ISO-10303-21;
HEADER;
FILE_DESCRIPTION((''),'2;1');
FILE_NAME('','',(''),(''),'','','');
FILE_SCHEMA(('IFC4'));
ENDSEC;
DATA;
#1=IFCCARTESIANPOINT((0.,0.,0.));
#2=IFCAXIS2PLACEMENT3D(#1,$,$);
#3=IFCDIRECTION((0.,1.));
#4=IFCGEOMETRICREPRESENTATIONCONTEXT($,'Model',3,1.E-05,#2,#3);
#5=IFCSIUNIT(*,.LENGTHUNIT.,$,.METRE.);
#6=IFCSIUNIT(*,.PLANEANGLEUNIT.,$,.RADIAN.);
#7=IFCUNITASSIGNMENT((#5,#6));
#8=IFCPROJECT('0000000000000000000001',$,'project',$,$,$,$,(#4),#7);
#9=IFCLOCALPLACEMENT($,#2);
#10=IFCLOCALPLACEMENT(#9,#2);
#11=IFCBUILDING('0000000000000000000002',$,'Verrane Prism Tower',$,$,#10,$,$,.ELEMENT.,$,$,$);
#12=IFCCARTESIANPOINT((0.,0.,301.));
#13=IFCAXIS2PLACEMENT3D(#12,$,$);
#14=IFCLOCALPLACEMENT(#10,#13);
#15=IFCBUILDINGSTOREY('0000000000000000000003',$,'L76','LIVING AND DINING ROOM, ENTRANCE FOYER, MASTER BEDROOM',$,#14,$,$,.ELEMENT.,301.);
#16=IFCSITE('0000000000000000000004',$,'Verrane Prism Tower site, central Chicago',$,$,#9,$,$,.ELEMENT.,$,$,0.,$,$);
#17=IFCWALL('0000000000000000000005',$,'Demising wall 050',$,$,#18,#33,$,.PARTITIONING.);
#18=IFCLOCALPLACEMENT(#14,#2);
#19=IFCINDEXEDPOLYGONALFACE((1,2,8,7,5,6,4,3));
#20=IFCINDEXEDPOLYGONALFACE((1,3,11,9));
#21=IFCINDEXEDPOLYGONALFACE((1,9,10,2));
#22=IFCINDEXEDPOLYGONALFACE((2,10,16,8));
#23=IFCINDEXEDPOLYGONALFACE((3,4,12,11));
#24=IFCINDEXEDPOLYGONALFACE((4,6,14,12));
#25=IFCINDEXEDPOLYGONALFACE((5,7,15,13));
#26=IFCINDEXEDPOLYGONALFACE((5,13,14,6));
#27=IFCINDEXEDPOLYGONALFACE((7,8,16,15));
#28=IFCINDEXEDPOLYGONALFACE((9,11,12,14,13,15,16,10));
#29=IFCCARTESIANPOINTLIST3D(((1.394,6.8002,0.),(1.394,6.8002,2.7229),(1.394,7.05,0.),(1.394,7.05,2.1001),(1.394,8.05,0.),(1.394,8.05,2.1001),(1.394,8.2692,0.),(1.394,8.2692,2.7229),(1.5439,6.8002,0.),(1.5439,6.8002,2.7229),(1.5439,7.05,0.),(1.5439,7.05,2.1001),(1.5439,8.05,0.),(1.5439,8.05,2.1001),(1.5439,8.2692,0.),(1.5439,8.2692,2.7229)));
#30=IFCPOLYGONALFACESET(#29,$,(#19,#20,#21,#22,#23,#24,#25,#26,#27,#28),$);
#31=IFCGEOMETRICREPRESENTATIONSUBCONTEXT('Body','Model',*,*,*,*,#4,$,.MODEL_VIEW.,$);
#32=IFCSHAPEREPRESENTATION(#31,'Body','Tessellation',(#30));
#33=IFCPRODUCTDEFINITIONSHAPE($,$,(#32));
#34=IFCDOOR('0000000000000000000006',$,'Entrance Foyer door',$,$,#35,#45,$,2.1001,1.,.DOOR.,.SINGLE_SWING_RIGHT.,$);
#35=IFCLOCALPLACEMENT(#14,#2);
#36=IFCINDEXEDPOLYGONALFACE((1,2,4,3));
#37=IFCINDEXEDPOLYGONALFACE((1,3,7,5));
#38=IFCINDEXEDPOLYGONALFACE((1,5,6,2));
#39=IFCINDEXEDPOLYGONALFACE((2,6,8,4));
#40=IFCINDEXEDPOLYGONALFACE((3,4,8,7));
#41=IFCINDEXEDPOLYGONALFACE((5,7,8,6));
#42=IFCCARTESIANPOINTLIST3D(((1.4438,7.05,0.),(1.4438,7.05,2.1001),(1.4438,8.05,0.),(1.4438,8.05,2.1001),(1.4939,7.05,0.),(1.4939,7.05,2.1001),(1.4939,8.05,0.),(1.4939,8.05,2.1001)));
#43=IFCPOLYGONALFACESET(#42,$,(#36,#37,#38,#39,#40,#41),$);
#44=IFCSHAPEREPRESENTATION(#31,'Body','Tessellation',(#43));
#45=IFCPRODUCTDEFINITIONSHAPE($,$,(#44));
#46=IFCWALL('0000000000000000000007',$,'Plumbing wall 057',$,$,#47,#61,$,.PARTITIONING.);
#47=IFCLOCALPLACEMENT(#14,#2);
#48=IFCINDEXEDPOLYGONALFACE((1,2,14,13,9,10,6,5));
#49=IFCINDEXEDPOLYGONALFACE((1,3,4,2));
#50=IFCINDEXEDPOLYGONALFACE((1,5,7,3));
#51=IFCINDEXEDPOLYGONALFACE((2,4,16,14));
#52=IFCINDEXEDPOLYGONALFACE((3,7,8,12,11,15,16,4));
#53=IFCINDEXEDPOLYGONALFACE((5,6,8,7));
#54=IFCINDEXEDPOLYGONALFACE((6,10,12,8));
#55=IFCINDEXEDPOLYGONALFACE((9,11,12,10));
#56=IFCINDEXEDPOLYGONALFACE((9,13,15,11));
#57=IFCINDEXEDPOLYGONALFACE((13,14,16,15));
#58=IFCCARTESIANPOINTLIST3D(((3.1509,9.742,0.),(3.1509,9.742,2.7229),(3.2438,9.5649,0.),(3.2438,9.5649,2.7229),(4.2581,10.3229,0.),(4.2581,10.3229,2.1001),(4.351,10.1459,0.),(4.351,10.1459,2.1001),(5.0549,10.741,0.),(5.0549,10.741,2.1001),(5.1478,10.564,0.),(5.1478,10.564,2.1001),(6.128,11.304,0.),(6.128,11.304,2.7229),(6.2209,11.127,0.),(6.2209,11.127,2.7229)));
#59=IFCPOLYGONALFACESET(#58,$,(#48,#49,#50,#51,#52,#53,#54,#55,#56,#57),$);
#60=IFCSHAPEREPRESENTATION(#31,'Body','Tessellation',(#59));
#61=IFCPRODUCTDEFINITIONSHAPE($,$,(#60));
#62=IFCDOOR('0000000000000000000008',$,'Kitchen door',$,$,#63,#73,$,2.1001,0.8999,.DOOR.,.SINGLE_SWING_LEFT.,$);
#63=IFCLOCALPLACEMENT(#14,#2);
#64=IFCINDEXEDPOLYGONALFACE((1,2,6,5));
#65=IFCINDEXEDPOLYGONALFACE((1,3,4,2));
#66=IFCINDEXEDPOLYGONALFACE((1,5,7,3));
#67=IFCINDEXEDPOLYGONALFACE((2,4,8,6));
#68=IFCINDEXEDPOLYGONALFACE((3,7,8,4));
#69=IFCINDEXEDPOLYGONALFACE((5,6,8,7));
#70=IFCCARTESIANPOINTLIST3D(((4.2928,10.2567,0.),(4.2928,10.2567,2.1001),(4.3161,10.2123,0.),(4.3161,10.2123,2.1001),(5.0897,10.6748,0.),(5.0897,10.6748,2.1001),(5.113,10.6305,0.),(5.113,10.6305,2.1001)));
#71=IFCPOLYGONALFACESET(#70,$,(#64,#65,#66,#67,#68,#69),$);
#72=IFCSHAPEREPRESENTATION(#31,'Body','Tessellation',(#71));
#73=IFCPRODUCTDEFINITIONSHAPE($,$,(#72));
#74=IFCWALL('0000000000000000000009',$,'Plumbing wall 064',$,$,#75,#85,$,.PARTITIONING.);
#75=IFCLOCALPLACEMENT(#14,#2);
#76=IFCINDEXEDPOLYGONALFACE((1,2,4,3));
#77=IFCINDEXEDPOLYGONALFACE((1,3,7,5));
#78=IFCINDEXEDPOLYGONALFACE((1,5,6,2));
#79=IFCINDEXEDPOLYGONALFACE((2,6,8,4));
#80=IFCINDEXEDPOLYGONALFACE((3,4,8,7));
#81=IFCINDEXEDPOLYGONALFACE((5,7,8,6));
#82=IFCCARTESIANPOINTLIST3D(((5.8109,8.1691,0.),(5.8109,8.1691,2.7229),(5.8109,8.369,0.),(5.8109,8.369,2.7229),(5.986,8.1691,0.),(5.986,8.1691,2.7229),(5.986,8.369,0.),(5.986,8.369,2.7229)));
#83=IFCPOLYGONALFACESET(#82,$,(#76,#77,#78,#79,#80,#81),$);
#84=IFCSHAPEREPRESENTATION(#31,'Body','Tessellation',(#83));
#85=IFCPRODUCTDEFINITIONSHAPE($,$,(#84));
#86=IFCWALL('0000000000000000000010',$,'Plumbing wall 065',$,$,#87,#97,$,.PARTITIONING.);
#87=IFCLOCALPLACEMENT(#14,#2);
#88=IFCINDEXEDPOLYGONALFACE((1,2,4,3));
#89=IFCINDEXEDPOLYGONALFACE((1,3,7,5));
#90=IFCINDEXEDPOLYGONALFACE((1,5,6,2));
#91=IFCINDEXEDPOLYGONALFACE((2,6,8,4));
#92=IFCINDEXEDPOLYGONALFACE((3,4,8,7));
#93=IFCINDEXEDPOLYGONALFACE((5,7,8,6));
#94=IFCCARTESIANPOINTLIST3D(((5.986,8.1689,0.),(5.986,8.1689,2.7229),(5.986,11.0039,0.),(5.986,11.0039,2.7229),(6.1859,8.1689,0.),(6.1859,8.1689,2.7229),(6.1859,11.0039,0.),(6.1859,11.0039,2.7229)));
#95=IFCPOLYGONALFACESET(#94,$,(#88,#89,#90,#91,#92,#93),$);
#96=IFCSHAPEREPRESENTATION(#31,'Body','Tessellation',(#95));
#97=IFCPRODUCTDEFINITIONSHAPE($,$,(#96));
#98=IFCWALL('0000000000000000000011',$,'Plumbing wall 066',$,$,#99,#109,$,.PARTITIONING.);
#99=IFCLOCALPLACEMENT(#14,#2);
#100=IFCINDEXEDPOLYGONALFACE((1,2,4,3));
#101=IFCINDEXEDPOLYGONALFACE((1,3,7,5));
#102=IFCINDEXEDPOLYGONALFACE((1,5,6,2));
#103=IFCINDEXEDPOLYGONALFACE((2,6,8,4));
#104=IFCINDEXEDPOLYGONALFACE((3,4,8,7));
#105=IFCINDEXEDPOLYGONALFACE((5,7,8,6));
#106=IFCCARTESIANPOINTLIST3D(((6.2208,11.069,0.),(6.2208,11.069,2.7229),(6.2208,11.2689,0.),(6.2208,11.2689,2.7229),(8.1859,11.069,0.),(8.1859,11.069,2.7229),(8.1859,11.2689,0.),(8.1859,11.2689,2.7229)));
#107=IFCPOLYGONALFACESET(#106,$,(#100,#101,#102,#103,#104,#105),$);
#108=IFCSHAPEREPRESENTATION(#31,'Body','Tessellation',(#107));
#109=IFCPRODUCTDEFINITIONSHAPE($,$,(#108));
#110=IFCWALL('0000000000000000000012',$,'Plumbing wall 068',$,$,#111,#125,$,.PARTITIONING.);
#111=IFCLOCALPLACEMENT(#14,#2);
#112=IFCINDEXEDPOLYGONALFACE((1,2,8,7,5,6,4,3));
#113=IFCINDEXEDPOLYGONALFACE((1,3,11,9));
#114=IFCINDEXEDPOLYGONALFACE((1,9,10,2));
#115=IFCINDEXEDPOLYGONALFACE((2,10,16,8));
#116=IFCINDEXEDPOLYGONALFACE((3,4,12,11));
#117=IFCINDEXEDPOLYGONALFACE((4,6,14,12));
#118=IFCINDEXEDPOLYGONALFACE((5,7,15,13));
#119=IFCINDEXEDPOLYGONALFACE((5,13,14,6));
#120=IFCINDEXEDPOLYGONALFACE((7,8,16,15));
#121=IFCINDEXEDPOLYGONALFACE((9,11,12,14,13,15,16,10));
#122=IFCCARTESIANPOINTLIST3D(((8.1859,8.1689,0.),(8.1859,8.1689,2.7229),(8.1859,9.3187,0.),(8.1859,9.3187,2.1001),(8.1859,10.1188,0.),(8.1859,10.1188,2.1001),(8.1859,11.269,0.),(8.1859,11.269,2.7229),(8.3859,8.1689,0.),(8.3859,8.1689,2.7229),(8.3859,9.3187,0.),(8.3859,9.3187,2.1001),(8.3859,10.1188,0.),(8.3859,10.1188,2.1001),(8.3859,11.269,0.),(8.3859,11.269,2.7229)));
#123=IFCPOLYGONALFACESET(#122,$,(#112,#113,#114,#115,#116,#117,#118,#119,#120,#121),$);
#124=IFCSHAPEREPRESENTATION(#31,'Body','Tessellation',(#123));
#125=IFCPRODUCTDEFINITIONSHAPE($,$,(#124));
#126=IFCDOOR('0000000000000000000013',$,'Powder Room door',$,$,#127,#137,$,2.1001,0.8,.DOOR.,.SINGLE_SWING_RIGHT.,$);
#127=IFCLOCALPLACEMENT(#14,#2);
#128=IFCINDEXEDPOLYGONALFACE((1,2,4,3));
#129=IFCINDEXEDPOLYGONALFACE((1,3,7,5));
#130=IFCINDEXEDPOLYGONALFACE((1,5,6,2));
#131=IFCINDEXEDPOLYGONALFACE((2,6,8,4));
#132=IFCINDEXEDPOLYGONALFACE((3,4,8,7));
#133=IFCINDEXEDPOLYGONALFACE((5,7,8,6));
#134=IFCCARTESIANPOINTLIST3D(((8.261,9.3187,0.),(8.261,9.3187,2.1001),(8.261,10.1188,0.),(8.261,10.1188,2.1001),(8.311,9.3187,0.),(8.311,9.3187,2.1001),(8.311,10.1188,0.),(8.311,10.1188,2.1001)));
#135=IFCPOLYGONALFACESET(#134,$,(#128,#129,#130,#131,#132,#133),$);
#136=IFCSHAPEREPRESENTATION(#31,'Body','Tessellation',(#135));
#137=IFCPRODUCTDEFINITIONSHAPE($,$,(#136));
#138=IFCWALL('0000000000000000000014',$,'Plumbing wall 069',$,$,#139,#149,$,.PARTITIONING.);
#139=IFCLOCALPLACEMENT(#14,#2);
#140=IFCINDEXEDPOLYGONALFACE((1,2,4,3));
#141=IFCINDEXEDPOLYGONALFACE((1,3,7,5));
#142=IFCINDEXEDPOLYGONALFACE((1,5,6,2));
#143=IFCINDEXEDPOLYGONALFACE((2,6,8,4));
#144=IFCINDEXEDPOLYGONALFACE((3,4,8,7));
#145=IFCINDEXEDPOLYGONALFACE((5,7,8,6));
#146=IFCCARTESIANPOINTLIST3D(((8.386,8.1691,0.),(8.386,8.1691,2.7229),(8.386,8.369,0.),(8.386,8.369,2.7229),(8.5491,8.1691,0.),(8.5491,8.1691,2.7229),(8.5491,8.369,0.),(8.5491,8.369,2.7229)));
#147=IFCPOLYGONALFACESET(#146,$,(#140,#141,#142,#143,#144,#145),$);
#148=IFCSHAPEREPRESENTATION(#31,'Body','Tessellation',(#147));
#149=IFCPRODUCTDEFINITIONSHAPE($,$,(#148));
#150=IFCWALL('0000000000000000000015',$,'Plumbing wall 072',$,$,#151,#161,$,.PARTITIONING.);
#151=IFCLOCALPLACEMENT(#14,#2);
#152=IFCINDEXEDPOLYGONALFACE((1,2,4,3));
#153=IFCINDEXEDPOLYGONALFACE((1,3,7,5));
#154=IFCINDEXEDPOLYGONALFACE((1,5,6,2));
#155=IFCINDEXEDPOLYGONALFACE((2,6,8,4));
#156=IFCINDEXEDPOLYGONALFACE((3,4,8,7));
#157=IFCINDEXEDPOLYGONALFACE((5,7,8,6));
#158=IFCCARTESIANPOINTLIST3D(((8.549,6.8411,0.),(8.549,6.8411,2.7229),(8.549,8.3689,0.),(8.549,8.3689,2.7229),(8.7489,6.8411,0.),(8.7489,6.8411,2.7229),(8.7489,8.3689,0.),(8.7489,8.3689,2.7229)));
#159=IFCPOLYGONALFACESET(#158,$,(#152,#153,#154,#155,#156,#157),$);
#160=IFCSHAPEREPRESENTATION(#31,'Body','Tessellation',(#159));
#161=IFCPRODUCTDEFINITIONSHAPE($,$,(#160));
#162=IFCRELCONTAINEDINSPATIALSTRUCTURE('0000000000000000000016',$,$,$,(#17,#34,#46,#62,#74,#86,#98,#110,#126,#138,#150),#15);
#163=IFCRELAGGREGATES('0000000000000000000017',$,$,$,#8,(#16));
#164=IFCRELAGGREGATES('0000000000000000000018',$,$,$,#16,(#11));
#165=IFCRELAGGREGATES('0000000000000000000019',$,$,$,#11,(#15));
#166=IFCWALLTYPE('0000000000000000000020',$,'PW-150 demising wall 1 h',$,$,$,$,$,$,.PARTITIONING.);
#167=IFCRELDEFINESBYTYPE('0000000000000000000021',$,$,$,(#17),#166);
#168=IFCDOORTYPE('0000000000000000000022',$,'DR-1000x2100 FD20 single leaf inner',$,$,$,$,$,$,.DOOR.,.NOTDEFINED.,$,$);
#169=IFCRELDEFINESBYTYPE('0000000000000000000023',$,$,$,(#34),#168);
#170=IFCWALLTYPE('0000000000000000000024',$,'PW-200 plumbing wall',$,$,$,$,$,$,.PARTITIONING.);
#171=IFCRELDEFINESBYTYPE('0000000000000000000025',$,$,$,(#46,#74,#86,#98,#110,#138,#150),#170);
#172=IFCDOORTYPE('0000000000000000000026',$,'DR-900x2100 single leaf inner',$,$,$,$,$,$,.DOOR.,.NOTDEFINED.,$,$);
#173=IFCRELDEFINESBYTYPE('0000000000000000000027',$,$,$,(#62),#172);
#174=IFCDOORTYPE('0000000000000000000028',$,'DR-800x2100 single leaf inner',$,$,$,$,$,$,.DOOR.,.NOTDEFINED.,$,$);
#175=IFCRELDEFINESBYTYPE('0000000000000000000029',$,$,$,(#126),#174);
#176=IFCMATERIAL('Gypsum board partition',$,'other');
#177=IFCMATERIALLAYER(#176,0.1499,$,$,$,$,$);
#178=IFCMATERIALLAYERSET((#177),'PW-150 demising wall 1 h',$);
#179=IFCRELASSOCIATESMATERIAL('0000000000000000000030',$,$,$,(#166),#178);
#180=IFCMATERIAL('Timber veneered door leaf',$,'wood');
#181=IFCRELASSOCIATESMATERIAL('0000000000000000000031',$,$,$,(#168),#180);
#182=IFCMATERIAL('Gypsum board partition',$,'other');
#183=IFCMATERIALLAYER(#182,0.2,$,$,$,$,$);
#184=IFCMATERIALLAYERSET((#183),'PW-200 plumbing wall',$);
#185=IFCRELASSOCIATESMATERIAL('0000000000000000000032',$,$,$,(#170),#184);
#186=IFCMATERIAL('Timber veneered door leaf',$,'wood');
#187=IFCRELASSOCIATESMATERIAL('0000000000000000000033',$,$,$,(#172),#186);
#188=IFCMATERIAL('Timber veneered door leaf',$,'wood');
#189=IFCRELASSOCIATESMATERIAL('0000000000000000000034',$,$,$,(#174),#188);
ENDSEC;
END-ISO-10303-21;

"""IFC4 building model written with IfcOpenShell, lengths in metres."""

from ifc_helpers import new_model, si_unit, direction, frame, frame_2d, origin, place, context, subcontext, project, spatial, rectangle, extrude, material, layer, layer_set, type_object, element, fill, save


model = new_model("IFC4")

# Units and contexts
model_context = context("Model", 3, precision=1e-05, world=origin(), true_north=direction((0.0, 1.0)))
body_context = subcontext(model_context, "Body", "Model", "MODEL_VIEW")
ifc_project = project(units=[si_unit("LENGTHUNIT", "METRE"), si_unit("PLANEANGLEUNIT", "RADIAN")], contexts=[model_context])

# Site, building, storey
site_placement = place(None, origin())
site = spatial("IfcSite", under=ifc_project, at=site_placement, Name="Verrane Prism Tower site, central Chicago", CompositionType="ELEMENT", RefElevation=0.0)
building_placement = place(site_placement, origin())
building = spatial("IfcBuilding", under=site, at=building_placement, Name="Verrane Prism Tower", CompositionType="ELEMENT")
storey_placement = place(building_placement, frame((0.0, 0.0, 301.0)))
storey = spatial("IfcBuildingStorey", under=building, at=storey_placement, Name="L76", Description="LIVING AND DINING ROOM, ENTRANCE FOYER, MASTER BEDROOM", CompositionType="ELEMENT", Elevation=301.0)

# Shared definitions
ifc_material_1 = material(Name="Gypsum board partition", Category="other")
ifc_layer_1 = layer(ifc_material_1, 0.1499)
ifc_layer_set_1 = layer_set([ifc_layer_1], Name="PW-150 demising wall 1 h")
wall_type_1 = type_object("IfcWallType", Name="PW-150 demising wall 1 h", PredefinedType="PARTITIONING", material=ifc_layer_set_1)

# Walls, openings, doors
wall_1_placement = place(storey_placement, frame((1.469, 8.269, 0.0), z_axis=(0.0, 0.0, 1.0), x_axis=(0.0, -1.0, 0.0)))
wall_1 = element("IfcWall", 1, at=wall_1_placement, inside=storey, type_object=wall_type_1, Name="Demising wall 050", PredefinedType="PARTITIONING", context=body_context, shape_type="SweptSolid", body=[
    extrude(rectangle(XDim=1.469, YDim=0.1499, at=frame_2d((0.7344, 0.0))), origin(), (0.0, 0.0, 1.0), 2.7229),
])
opening_1_placement = place(wall_1_placement, frame((0.219, 0.0, 0.0)))
opening_1 = element("IfcOpeningElement", 2, at=opening_1_placement, cuts=wall_1, PredefinedType="OPENING", context=body_context, shape_type="SweptSolid", body=[
    extrude(rectangle(XDim=1.0, YDim=2.1001, at=frame_2d((0.5, 1.05))), frame((0.0, 0.085, 0.0), z_axis=(0.0, -1.0, 0.0), x_axis=(1.0, 0.0, 0.0)), (0.0, 0.0, 1.0), 0.1699),
])
ifc_material_2 = material(Name="Timber veneered door leaf", Category="wood")
door_type_1 = type_object("IfcDoorType", Name="DR-1000x2100 FD20 single leaf inner", OperationType="NOTDEFINED", PredefinedType="DOOR", material=ifc_material_2)
door_1_placement = place(opening_1_placement, origin())
door_1 = element("IfcDoor", 3, at=door_1_placement, inside=storey, type_object=door_type_1, Name="Entrance Foyer door", OperationType="SINGLE_SWING_RIGHT", OverallHeight=2.1001, OverallWidth=1.0, PredefinedType="DOOR", context=body_context, shape_type="SweptSolid", body=[
    extrude(rectangle(XDim=1.0, YDim=2.1001, at=frame_2d((0.5, 1.05))), frame((0.0, 0.0249, 0.0), z_axis=(0.0, -1.0, 0.0), x_axis=(1.0, 0.0, 0.0)), (0.0, 0.0, 1.0), 0.05),
])
fill(opening_1, door_1)
ifc_material_3 = material(Name="Gypsum board partition", Category="other")
ifc_layer_2 = layer(ifc_material_3, 0.2)
ifc_layer_set_2 = layer_set([ifc_layer_2], Name="PW-200 plumbing wall")
wall_type_2 = type_object("IfcWallType", Name="PW-200 plumbing wall", PredefinedType="PARTITIONING", material=ifc_layer_set_2)
wall_2_placement = place(storey_placement, frame((6.1746, 11.2156, 0.0), z_axis=(0.0, 0.0, 1.0), x_axis=(-0.885513, -0.464615, 0.0)))
wall_2 = element("IfcWall", 4, at=wall_2_placement, inside=storey, type_object=wall_type_2, Name="Plumbing wall 057", PredefinedType="PARTITIONING", context=body_context, shape_type="SweptSolid", body=[
    extrude(rectangle(XDim=3.3621, YDim=0.2, at=frame_2d((1.6812, 0.0))), origin(), (0.0, 0.0, 1.0), 2.7229),
])
opening_2_placement = place(wall_2_placement, frame((1.2119, 0.0, 0.0)))
opening_2 = element("IfcOpeningElement", 5, at=opening_2_placement, cuts=wall_2, PredefinedType="OPENING", context=body_context, shape_type="SweptSolid", body=[
    extrude(rectangle(XDim=0.8999, YDim=2.1001, at=frame_2d((0.45, 1.05))), frame((0.0, 0.1099, 0.0), z_axis=(0.0, -1.0, 0.0), x_axis=(1.0, 0.0, 0.0)), (0.0, 0.0, 1.0), 0.22),
])
ifc_material_4 = material(Name="Timber veneered door leaf", Category="wood")
door_type_2 = type_object("IfcDoorType", Name="DR-900x2100 single leaf inner", OperationType="NOTDEFINED", PredefinedType="DOOR", material=ifc_material_4)
door_2_placement = place(opening_2_placement, origin())
door_2 = element("IfcDoor", 6, at=door_2_placement, inside=storey, type_object=door_type_2, Name="Kitchen door", OperationType="SINGLE_SWING_LEFT", OverallHeight=2.1001, OverallWidth=0.8999, PredefinedType="DOOR", context=body_context, shape_type="SweptSolid", body=[
    extrude(rectangle(XDim=0.8999, YDim=2.1001, at=frame_2d((0.45, 1.05))), frame((0.0, 0.0249, 0.0), z_axis=(0.0, -1.0, 0.0), x_axis=(1.0, 0.0, 0.0)), (0.0, 0.0, 1.0), 0.05),
])
fill(opening_2, door_2)

# Walls
wall_3_placement = place(storey_placement, frame((5.811, 8.269, 0.0), z_axis=(0.0, 0.0, 1.0), x_axis=(1.0, 0.0, 0.0)))
element("IfcWall", 7, at=wall_3_placement, inside=storey, type_object=wall_type_2, Name="Plumbing wall 064", PredefinedType="PARTITIONING", context=body_context, shape_type="SweptSolid", body=[
    extrude(rectangle(XDim=0.175, YDim=0.2, at=frame_2d((0.0874, 0.0))), origin(), (0.0, 0.0, 1.0), 2.7229),
])
wall_4_placement = place(storey_placement, frame((6.0859, 8.1689, 0.0), z_axis=(0.0, 0.0, 1.0), x_axis=(0.0, 1.0, 0.0)))
element("IfcWall", 8, at=wall_4_placement, inside=storey, type_object=wall_type_2, Name="Plumbing wall 065", PredefinedType="PARTITIONING", context=body_context, shape_type="SweptSolid", body=[
    extrude(rectangle(XDim=2.835, YDim=0.2, at=frame_2d((1.4175, 0.0))), origin(), (0.0, 0.0, 1.0), 2.7229),
])
wall_5_placement = place(storey_placement, frame((6.2209, 11.1689, 0.0), z_axis=(0.0, 0.0, 1.0), x_axis=(1.0, 0.0, 0.0)))
element("IfcWall", 9, at=wall_5_placement, inside=storey, type_object=wall_type_2, Name="Plumbing wall 066", PredefinedType="PARTITIONING", context=body_context, shape_type="SweptSolid", body=[
    extrude(rectangle(XDim=1.9651, YDim=0.2, at=frame_2d((0.9824, 0.0))), origin(), (0.0, 0.0, 1.0), 2.7229),
])

# Wall, opening, door
wall_6_placement = place(storey_placement, frame((8.2859, 8.1689, 0.0), z_axis=(0.0, 0.0, 1.0), x_axis=(0.0, 1.0, 0.0)))
wall_6 = element("IfcWall", 10, at=wall_6_placement, inside=storey, type_object=wall_type_2, Name="Plumbing wall 068", PredefinedType="PARTITIONING", context=body_context, shape_type="SweptSolid", body=[
    extrude(rectangle(XDim=3.1001, YDim=0.2, at=frame_2d((1.55, 0.0))), origin(), (0.0, 0.0, 1.0), 2.7229),
])
opening_3_placement = place(wall_6_placement, frame((1.1499, 0.0, 0.0)))
opening_3 = element("IfcOpeningElement", 11, at=opening_3_placement, cuts=wall_6, PredefinedType="OPENING", context=body_context, shape_type="SweptSolid", body=[
    extrude(rectangle(XDim=0.8, YDim=2.1001, at=frame_2d((0.3999, 1.05))), frame((0.0, 0.1099, 0.0), z_axis=(0.0, -1.0, 0.0), x_axis=(1.0, 0.0, 0.0)), (0.0, 0.0, 1.0), 0.22),
])
ifc_material_5 = material(Name="Timber veneered door leaf", Category="wood")
door_type_3 = type_object("IfcDoorType", Name="DR-800x2100 single leaf inner", OperationType="NOTDEFINED", PredefinedType="DOOR", material=ifc_material_5)
door_3_placement = place(opening_3_placement, origin())
door_3 = element("IfcDoor", 12, at=door_3_placement, inside=storey, type_object=door_type_3, Name="Powder Room door", OperationType="SINGLE_SWING_RIGHT", OverallHeight=2.1001, OverallWidth=0.8, PredefinedType="DOOR", context=body_context, shape_type="SweptSolid", body=[
    extrude(rectangle(XDim=0.8, YDim=2.1001, at=frame_2d((0.3999, 1.05))), frame((0.0, 0.0249, 0.0), z_axis=(0.0, -1.0, 0.0), x_axis=(1.0, 0.0, 0.0)), (0.0, 0.0, 1.0), 0.05),
])
fill(opening_3, door_3)

# Walls
wall_7_placement = place(storey_placement, frame((8.386, 8.269, 0.0), z_axis=(0.0, 0.0, 1.0), x_axis=(1.0, 0.0, 0.0)))
element("IfcWall", 13, at=wall_7_placement, inside=storey, type_object=wall_type_2, Name="Plumbing wall 069", PredefinedType="PARTITIONING", context=body_context, shape_type="SweptSolid", body=[
    extrude(rectangle(XDim=0.1631, YDim=0.2, at=frame_2d((0.0815, 0.0))), origin(), (0.0, 0.0, 1.0), 2.7229),
])
wall_8_placement = place(storey_placement, frame((8.6489, 6.8411, 0.0), z_axis=(0.0, 0.0, 1.0), x_axis=(0.0, 1.0, 0.0)))
element("IfcWall", 14, at=wall_8_placement, inside=storey, type_object=wall_type_2, Name="Plumbing wall 072", PredefinedType="PARTITIONING", context=body_context, shape_type="SweptSolid", body=[
    extrude(rectangle(XDim=1.5278, YDim=0.2, at=frame_2d((0.7639, 0.0))), origin(), (0.0, 0.0, 1.0), 2.7229),
])

save(model, "model.ifc")
